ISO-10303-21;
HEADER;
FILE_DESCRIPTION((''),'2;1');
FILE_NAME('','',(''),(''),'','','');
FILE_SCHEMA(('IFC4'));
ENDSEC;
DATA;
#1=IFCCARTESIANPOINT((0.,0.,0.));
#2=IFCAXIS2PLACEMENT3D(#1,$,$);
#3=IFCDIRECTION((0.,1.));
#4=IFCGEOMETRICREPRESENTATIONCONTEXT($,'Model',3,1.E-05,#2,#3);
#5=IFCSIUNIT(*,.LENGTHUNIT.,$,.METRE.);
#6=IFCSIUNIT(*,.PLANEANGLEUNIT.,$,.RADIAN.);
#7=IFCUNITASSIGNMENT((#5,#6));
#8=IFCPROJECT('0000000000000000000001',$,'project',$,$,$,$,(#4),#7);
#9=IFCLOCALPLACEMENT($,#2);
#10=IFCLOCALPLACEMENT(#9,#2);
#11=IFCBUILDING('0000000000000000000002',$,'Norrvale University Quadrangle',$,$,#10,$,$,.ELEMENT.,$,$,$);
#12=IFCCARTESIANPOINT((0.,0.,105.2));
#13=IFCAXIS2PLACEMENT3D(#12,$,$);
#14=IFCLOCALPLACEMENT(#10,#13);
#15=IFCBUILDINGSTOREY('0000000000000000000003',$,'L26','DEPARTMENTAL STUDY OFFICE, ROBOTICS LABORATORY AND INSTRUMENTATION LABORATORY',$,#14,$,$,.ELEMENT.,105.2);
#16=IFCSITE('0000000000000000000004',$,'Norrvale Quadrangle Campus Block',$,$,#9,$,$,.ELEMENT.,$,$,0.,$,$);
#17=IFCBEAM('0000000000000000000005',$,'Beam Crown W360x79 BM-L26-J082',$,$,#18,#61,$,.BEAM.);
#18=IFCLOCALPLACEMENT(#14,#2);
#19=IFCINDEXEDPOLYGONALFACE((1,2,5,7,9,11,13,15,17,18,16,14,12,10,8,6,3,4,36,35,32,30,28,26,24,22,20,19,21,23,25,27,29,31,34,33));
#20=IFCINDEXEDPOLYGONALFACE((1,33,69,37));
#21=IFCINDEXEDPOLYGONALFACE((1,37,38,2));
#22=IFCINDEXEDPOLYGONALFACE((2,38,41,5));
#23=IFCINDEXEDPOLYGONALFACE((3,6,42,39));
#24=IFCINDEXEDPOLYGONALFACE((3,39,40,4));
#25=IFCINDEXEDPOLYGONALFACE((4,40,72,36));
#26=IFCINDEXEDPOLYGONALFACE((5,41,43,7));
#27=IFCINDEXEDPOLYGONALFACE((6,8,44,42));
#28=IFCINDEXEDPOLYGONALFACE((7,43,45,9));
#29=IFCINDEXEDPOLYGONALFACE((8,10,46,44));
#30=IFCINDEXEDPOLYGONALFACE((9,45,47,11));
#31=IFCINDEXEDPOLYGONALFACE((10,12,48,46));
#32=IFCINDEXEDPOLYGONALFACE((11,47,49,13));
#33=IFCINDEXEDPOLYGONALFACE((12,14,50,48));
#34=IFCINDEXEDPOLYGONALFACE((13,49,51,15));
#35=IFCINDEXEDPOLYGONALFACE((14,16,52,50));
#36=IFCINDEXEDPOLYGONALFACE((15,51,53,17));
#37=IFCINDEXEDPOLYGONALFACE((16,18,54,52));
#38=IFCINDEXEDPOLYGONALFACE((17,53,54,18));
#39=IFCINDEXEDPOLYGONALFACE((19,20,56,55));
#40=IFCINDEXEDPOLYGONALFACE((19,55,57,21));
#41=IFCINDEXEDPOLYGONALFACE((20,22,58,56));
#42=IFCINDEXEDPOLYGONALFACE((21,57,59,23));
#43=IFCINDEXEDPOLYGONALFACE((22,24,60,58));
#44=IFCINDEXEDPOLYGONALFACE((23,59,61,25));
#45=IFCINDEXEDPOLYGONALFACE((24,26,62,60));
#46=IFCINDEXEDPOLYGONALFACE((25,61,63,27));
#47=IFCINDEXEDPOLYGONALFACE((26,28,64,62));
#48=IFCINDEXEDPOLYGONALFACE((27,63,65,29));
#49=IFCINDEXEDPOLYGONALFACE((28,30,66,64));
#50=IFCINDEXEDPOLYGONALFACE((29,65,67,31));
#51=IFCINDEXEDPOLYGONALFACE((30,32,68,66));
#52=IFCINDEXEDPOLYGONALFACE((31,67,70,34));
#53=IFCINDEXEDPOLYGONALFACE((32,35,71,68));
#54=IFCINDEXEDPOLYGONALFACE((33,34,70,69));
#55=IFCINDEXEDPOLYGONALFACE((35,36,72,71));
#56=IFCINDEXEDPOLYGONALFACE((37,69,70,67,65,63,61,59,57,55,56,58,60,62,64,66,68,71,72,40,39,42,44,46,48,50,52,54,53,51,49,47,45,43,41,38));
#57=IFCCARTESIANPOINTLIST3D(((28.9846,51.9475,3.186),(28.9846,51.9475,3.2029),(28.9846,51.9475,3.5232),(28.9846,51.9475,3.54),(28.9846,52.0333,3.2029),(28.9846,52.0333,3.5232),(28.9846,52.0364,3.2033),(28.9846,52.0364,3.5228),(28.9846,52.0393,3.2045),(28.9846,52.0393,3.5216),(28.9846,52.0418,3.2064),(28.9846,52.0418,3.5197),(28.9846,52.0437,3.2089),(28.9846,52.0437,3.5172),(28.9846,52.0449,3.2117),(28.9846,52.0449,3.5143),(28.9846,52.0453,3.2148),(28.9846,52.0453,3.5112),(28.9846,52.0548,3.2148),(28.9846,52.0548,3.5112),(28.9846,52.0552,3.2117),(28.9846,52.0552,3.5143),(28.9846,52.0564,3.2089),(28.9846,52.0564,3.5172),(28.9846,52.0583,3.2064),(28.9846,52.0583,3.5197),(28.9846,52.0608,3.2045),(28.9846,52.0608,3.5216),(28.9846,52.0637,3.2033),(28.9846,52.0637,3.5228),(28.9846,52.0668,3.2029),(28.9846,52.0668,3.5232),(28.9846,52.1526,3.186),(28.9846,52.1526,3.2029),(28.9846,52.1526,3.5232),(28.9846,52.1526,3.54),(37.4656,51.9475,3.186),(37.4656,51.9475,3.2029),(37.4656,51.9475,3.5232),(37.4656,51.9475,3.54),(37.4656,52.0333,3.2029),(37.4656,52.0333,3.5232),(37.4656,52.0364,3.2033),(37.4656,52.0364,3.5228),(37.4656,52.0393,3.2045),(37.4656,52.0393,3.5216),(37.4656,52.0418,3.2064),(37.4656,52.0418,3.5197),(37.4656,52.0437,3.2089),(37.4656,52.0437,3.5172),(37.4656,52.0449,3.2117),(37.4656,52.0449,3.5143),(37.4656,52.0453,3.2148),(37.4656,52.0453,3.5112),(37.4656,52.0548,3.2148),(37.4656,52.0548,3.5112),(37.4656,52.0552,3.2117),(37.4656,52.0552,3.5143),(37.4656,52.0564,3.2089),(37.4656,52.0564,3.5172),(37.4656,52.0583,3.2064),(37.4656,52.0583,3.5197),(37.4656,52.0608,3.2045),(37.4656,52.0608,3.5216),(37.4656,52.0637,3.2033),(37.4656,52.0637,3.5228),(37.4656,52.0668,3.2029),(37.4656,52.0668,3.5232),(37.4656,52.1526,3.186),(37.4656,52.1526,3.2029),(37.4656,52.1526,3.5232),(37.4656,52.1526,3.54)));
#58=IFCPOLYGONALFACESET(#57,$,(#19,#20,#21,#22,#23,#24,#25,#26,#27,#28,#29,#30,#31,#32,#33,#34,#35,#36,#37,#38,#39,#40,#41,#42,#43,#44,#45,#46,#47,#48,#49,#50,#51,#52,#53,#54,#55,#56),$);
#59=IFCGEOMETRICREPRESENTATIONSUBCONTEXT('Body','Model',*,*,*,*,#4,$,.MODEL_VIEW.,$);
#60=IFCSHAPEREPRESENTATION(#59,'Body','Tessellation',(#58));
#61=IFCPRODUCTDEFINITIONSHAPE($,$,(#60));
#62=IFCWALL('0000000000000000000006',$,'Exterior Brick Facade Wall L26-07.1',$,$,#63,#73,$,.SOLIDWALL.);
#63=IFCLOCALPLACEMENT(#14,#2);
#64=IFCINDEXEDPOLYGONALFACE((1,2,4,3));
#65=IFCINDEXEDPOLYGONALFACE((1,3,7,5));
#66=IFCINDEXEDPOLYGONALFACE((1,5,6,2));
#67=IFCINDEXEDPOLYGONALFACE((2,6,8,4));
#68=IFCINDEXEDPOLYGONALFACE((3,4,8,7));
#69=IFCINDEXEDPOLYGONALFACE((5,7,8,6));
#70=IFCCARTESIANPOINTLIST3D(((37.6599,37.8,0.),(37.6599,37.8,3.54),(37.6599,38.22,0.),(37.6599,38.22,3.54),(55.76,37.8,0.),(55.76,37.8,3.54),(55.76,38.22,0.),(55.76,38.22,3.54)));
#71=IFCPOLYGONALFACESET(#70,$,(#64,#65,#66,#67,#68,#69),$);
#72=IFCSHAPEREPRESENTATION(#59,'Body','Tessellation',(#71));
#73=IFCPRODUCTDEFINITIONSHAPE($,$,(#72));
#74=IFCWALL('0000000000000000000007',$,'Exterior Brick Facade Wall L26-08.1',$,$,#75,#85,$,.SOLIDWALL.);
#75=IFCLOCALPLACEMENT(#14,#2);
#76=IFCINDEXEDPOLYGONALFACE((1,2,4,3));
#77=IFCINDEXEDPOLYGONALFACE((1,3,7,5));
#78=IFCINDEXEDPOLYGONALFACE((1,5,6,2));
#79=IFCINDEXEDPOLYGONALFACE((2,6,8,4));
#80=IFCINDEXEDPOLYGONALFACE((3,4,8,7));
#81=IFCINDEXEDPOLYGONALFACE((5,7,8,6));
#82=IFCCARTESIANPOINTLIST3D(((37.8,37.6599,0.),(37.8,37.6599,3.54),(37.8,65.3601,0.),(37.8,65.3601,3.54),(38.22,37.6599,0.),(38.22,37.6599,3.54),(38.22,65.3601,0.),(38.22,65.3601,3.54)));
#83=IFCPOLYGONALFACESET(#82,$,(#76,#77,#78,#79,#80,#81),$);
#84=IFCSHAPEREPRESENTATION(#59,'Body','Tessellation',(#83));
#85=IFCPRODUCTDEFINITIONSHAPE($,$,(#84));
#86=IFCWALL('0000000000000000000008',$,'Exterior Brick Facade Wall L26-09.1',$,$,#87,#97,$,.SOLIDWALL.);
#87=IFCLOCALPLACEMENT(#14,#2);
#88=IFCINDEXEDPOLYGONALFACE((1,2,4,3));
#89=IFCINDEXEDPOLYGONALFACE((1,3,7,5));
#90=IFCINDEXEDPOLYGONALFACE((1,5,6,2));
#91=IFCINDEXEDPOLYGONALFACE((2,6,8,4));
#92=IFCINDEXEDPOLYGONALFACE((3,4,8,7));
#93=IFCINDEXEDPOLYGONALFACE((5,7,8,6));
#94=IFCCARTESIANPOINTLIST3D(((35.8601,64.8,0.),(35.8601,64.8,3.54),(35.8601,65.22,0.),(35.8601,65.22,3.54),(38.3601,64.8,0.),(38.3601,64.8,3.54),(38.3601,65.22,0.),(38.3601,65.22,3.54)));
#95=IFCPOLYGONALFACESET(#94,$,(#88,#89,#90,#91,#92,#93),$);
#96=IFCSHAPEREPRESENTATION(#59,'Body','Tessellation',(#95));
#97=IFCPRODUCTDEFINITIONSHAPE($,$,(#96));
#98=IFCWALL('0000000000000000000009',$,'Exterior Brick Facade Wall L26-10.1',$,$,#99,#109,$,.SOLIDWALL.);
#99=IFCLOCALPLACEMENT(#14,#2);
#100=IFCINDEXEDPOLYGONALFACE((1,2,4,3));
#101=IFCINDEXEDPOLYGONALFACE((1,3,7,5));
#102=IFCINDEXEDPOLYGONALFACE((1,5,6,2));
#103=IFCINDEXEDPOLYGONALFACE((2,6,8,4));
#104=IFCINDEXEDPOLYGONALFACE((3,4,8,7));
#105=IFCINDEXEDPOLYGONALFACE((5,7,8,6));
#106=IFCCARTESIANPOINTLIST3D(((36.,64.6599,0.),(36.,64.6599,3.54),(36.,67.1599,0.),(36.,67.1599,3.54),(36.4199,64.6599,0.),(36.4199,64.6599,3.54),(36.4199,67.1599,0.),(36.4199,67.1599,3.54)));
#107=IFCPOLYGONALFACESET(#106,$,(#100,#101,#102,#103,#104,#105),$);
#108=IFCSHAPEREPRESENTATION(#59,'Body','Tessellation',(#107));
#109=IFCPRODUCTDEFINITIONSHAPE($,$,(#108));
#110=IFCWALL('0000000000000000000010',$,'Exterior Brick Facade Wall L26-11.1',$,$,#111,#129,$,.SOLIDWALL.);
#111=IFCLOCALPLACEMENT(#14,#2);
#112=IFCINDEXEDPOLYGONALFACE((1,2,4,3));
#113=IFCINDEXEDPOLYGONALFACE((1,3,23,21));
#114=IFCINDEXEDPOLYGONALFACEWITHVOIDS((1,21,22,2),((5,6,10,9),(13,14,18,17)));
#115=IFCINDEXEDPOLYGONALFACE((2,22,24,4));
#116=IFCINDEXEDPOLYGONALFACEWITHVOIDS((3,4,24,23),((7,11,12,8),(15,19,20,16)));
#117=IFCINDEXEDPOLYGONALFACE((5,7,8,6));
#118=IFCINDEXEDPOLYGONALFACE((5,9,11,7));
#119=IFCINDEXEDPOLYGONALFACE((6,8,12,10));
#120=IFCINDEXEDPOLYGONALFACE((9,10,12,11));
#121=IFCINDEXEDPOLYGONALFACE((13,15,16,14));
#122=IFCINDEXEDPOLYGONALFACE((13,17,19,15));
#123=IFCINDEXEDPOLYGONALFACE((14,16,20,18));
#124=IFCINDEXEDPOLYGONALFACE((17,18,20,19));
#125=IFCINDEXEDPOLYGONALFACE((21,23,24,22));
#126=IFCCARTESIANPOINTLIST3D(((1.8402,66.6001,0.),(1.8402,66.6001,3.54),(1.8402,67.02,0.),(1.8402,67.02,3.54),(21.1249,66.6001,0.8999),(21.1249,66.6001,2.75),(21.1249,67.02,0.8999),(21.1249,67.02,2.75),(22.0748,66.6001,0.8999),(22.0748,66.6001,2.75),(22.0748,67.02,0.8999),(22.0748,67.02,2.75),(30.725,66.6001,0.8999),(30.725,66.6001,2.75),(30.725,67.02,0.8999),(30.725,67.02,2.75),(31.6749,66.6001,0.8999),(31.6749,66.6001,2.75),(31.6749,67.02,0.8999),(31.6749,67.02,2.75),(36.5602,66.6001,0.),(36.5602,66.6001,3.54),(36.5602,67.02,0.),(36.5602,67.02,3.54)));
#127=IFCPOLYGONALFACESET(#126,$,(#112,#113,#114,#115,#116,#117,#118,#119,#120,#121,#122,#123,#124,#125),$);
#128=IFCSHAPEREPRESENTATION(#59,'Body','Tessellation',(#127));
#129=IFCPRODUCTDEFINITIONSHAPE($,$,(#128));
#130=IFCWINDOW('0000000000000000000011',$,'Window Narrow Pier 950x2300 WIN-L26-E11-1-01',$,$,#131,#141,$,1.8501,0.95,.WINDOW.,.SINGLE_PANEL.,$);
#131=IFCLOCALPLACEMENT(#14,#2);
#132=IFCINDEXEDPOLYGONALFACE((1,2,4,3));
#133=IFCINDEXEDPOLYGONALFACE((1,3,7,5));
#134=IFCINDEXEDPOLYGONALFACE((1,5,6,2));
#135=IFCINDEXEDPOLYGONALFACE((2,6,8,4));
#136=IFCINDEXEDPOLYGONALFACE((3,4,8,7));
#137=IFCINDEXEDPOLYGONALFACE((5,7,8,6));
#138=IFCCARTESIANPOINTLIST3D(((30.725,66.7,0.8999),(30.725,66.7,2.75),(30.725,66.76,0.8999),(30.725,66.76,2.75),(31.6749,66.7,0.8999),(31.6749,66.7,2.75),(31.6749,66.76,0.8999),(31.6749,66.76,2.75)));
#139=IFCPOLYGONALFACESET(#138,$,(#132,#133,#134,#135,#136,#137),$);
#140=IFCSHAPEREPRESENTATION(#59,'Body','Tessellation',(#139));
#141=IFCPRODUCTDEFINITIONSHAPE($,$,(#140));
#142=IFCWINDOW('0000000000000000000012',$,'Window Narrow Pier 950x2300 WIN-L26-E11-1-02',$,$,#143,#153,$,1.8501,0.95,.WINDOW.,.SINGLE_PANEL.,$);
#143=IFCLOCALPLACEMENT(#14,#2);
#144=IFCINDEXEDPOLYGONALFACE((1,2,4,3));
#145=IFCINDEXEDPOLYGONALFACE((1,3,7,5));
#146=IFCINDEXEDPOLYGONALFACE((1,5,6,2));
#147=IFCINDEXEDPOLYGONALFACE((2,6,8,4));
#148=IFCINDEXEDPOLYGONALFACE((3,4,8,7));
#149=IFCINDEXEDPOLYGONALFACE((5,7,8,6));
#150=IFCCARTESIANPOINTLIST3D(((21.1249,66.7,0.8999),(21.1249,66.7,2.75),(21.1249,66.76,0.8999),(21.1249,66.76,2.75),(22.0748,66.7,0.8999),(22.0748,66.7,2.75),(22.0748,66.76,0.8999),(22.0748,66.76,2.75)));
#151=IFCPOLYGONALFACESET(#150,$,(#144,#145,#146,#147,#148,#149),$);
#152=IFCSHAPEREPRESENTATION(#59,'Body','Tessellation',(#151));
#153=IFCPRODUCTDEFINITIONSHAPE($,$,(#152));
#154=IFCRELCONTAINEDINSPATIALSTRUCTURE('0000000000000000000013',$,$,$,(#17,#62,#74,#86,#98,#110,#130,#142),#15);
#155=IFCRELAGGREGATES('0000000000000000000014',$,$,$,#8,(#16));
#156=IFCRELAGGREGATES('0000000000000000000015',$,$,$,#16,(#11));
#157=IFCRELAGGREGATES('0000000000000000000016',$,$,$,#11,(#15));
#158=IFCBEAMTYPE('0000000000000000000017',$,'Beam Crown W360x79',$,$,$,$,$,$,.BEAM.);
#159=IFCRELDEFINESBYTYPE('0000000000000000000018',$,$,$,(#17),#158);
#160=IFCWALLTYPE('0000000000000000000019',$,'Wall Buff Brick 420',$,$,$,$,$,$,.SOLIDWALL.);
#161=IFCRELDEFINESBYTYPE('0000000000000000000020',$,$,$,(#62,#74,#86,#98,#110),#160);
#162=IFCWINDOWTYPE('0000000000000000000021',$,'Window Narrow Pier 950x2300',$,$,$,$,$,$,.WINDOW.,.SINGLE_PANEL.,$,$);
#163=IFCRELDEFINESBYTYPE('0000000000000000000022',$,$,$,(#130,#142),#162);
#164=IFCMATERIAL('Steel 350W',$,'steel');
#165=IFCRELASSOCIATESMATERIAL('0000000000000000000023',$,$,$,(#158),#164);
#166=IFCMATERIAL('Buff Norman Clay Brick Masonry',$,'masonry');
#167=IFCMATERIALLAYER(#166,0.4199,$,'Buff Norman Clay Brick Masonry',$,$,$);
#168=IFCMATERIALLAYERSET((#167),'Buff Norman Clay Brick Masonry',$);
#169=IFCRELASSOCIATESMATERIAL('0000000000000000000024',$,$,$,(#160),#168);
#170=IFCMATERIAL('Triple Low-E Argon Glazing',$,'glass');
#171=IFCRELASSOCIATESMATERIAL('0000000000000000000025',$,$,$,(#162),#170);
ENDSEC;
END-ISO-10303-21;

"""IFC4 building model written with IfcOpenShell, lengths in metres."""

from ifc_helpers import new_model, si_unit, direction, frame, frame_2d, origin, origin_2d, place, context, subcontext, project, spatial, rectangle, i_section, extrude, material, layer, layer_set, material_profile, profile_set, type_object, element, fill, save


model = new_model("IFC4")

# Units and contexts
model_context = context("Model", 3, precision=1e-05, world=origin(), true_north=direction((0.0, 1.0)))
body_context = subcontext(model_context, "Body", "Model", "MODEL_VIEW")
ifc_project = project(units=[si_unit("LENGTHUNIT", "METRE"), si_unit("PLANEANGLEUNIT", "RADIAN")], contexts=[model_context])

# Site, building, storey
site_placement = place(None, origin())
site = spatial("IfcSite", under=ifc_project, at=site_placement, Name="Norrvale Quadrangle Campus Block", CompositionType="ELEMENT", RefElevation=0.0)
building_placement = place(site_placement, origin())
building = spatial("IfcBuilding", under=site, at=building_placement, Name="Norrvale University Quadrangle", CompositionType="ELEMENT")
storey_placement = place(building_placement, frame((0.0, 0.0, 105.2)))
storey = spatial("IfcBuildingStorey", under=building, at=storey_placement, Name="L26", Description="DEPARTMENTAL STUDY OFFICE, ROBOTICS LABORATORY AND INSTRUMENTATION LABORATORY", CompositionType="ELEMENT", Elevation=105.2)

# Beam
ifc_material_1 = material(Name="Steel 350W", Category="steel")
ifc_material_profile_1 = material_profile(ifc_material_1, i_section(OverallWidth=0.2051, OverallDepth=0.354, WebThickness=0.0095, FlangeThickness=0.0168, FilletRadius=0.012, at=origin_2d()), Name="Steel 350W")
ifc_profile_set_1 = profile_set([ifc_material_profile_1], Name="Steel 350W")
beam_type_1 = type_object("IfcBeamType", Name="Beam Crown W360x79", PredefinedType="BEAM", material=ifc_profile_set_1)
for number, where, z_axis, x_axis, name in (
    (1, (28.9846, 52.05, 3.363), (1.0, 0.0, 0.0), (0.0, 1.0, 0.0), "Beam Crown W360x79 BM-L26-J082"),
):
    element("IfcBeam", number, at=place(storey_placement, frame(where, z_axis=z_axis, x_axis=x_axis)), inside=storey, type_object=beam_type_1, Name=name, PredefinedType="BEAM", context=body_context, shape_type="SweptSolid", body=[
        extrude(i_section(OverallWidth=0.2051, OverallDepth=0.354, WebThickness=0.0095, FlangeThickness=0.0168, FilletRadius=0.012, at=origin_2d()), origin(), (0.0, 0.0, 1.0), 8.481),
    ])

# Walls
ifc_material_2 = material(Name="Buff Norman Clay Brick Masonry", Category="masonry")
ifc_layer_1 = layer(ifc_material_2, 0.4199, Name="Buff Norman Clay Brick Masonry")
ifc_layer_set_1 = layer_set([ifc_layer_1], Name="Buff Norman Clay Brick Masonry")
wall_type_1 = type_object("IfcWallType", Name="Wall Buff Brick 420", PredefinedType="SOLIDWALL", material=ifc_layer_set_1)
wall_1_placement = place(storey_placement, frame((55.76, 38.01, 0.0), z_axis=(0.0, 0.0, 1.0), x_axis=(-1.0, 0.0, 0.0)))
element("IfcWall", 2, at=wall_1_placement, inside=storey, type_object=wall_type_1, Name="Exterior Brick Facade Wall L26-07.1", PredefinedType="SOLIDWALL", context=body_context, shape_type="SweptSolid", body=[
    extrude(rectangle(XDim=18.1001, YDim=0.4199, at=frame_2d((9.05, 0.0))), origin(), (0.0, 0.0, 1.0), 3.54),
])
wall_2_placement = place(storey_placement, frame((38.01, 37.6599, 0.0), z_axis=(0.0, 0.0, 1.0), x_axis=(0.0, 1.0, 0.0)))
element("IfcWall", 3, at=wall_2_placement, inside=storey, type_object=wall_type_1, Name="Exterior Brick Facade Wall L26-08.1", PredefinedType="SOLIDWALL", context=body_context, shape_type="SweptSolid", body=[
    extrude(rectangle(XDim=27.7002, YDim=0.4199, at=frame_2d((13.8501, 0.0))), origin(), (0.0, 0.0, 1.0), 3.54),
])
for number, where, z_axis, x_axis, name in (
    (4, (38.3601, 65.01, 0.0), (0.0, 0.0, 1.0), (-1.0, 0.0, 0.0), "Exterior Brick Facade Wall L26-09.1"),
    (5, (36.21, 64.6599, 0.0), (0.0, 0.0, 1.0), (0.0, 1.0, 0.0), "Exterior Brick Facade Wall L26-10.1"),
):
    element("IfcWall", number, at=place(storey_placement, frame(where, z_axis=z_axis, x_axis=x_axis)), inside=storey, type_object=wall_type_1, Name=name, PredefinedType="SOLIDWALL", context=body_context, shape_type="SweptSolid", body=[
        extrude(rectangle(XDim=2.5, YDim=0.4199, at=frame_2d((1.25, 0.0))), origin(), (0.0, 0.0, 1.0), 3.54),
    ])

# Wall, openings, windows
wall_3_placement = place(storey_placement, frame((36.5601, 66.8101, 0.0), z_axis=(0.0, 0.0, 1.0), x_axis=(-1.0, 0.0, 0.0)))
wall_3 = element("IfcWall", 6, at=wall_3_placement, inside=storey, type_object=wall_type_1, Name="Exterior Brick Facade Wall L26-11.1", PredefinedType="SOLIDWALL", context=body_context, shape_type="SweptSolid", body=[
    extrude(rectangle(XDim=34.72, YDim=0.4199, at=frame_2d((17.3599, 0.0))), origin(), (0.0, 0.0, 1.0), 3.54),
])
opening_1_placement = place(wall_3_placement, frame((4.885, 0.0, 0.8999)))
opening_1 = element("IfcOpeningElement", 7, at=opening_1_placement, cuts=wall_3, PredefinedType="OPENING", context=body_context, shape_type="SweptSolid", body=[
    extrude(rectangle(XDim=0.95, YDim=1.8501, at=frame_2d((0.4751, 0.925))), frame((0.0, 0.2219, 0.0), z_axis=(0.0, -1.0, 0.0), x_axis=(1.0, 0.0, 0.0)), (0.0, 0.0, 1.0), 0.4438),
])
opening_2_placement = place(wall_3_placement, frame((14.4851, 0.0, 0.8999)))
opening_2 = element("IfcOpeningElement", 8, at=opening_2_placement, cuts=wall_3, PredefinedType="OPENING", context=body_context, shape_type="SweptSolid", body=[
    extrude(rectangle(XDim=0.95, YDim=1.8501, at=frame_2d((0.4751, 0.925))), frame((0.0, 0.2219, 0.0), z_axis=(0.0, -1.0, 0.0), x_axis=(1.0, 0.0, 0.0)), (0.0, 0.0, 1.0), 0.4438),
])
ifc_material_3 = material(Name="Triple Low-E Argon Glazing", Category="glass")
window_type = type_object("IfcWindowType", Name="Window Narrow Pier 950x2300", PartitioningType="SINGLE_PANEL", PredefinedType="WINDOW", material=ifc_material_3)
window_1_placement = place(opening_1_placement, origin())
window_1 = element("IfcWindow", 9, at=window_1_placement, inside=storey, type_object=window_type, Name="Window Narrow Pier 950x2300 WIN-L26-E11-1-01", OverallHeight=1.8501, OverallWidth=0.95, PartitioningType="SINGLE_PANEL", PredefinedType="WINDOW", context=body_context, shape_type="SweptSolid", body=[
    extrude(rectangle(XDim=0.95, YDim=1.8501, at=frame_2d((0.4751, 0.925))), frame((0.0, 0.1101, 0.0), z_axis=(0.0, -1.0, 0.0), x_axis=(1.0, 0.0, 0.0)), (0.0, 0.0, 1.0), 0.0601),
])
fill(opening_1, window_1)
window_2_placement = place(opening_2_placement, origin())
window_2 = element("IfcWindow", 10, at=window_2_placement, inside=storey, type_object=window_type, Name="Window Narrow Pier 950x2300 WIN-L26-E11-1-02", OverallHeight=1.8501, OverallWidth=0.95, PartitioningType="SINGLE_PANEL", PredefinedType="WINDOW", context=body_context, shape_type="SweptSolid", body=[
    extrude(rectangle(XDim=0.95, YDim=1.8501, at=frame_2d((0.4751, 0.925))), frame((0.0, 0.1101, 0.0), z_axis=(0.0, -1.0, 0.0), x_axis=(1.0, 0.0, 0.0)), (0.0, 0.0, 1.0), 0.0601),
])
fill(opening_2, window_2)

save(model, "model.ifc")
